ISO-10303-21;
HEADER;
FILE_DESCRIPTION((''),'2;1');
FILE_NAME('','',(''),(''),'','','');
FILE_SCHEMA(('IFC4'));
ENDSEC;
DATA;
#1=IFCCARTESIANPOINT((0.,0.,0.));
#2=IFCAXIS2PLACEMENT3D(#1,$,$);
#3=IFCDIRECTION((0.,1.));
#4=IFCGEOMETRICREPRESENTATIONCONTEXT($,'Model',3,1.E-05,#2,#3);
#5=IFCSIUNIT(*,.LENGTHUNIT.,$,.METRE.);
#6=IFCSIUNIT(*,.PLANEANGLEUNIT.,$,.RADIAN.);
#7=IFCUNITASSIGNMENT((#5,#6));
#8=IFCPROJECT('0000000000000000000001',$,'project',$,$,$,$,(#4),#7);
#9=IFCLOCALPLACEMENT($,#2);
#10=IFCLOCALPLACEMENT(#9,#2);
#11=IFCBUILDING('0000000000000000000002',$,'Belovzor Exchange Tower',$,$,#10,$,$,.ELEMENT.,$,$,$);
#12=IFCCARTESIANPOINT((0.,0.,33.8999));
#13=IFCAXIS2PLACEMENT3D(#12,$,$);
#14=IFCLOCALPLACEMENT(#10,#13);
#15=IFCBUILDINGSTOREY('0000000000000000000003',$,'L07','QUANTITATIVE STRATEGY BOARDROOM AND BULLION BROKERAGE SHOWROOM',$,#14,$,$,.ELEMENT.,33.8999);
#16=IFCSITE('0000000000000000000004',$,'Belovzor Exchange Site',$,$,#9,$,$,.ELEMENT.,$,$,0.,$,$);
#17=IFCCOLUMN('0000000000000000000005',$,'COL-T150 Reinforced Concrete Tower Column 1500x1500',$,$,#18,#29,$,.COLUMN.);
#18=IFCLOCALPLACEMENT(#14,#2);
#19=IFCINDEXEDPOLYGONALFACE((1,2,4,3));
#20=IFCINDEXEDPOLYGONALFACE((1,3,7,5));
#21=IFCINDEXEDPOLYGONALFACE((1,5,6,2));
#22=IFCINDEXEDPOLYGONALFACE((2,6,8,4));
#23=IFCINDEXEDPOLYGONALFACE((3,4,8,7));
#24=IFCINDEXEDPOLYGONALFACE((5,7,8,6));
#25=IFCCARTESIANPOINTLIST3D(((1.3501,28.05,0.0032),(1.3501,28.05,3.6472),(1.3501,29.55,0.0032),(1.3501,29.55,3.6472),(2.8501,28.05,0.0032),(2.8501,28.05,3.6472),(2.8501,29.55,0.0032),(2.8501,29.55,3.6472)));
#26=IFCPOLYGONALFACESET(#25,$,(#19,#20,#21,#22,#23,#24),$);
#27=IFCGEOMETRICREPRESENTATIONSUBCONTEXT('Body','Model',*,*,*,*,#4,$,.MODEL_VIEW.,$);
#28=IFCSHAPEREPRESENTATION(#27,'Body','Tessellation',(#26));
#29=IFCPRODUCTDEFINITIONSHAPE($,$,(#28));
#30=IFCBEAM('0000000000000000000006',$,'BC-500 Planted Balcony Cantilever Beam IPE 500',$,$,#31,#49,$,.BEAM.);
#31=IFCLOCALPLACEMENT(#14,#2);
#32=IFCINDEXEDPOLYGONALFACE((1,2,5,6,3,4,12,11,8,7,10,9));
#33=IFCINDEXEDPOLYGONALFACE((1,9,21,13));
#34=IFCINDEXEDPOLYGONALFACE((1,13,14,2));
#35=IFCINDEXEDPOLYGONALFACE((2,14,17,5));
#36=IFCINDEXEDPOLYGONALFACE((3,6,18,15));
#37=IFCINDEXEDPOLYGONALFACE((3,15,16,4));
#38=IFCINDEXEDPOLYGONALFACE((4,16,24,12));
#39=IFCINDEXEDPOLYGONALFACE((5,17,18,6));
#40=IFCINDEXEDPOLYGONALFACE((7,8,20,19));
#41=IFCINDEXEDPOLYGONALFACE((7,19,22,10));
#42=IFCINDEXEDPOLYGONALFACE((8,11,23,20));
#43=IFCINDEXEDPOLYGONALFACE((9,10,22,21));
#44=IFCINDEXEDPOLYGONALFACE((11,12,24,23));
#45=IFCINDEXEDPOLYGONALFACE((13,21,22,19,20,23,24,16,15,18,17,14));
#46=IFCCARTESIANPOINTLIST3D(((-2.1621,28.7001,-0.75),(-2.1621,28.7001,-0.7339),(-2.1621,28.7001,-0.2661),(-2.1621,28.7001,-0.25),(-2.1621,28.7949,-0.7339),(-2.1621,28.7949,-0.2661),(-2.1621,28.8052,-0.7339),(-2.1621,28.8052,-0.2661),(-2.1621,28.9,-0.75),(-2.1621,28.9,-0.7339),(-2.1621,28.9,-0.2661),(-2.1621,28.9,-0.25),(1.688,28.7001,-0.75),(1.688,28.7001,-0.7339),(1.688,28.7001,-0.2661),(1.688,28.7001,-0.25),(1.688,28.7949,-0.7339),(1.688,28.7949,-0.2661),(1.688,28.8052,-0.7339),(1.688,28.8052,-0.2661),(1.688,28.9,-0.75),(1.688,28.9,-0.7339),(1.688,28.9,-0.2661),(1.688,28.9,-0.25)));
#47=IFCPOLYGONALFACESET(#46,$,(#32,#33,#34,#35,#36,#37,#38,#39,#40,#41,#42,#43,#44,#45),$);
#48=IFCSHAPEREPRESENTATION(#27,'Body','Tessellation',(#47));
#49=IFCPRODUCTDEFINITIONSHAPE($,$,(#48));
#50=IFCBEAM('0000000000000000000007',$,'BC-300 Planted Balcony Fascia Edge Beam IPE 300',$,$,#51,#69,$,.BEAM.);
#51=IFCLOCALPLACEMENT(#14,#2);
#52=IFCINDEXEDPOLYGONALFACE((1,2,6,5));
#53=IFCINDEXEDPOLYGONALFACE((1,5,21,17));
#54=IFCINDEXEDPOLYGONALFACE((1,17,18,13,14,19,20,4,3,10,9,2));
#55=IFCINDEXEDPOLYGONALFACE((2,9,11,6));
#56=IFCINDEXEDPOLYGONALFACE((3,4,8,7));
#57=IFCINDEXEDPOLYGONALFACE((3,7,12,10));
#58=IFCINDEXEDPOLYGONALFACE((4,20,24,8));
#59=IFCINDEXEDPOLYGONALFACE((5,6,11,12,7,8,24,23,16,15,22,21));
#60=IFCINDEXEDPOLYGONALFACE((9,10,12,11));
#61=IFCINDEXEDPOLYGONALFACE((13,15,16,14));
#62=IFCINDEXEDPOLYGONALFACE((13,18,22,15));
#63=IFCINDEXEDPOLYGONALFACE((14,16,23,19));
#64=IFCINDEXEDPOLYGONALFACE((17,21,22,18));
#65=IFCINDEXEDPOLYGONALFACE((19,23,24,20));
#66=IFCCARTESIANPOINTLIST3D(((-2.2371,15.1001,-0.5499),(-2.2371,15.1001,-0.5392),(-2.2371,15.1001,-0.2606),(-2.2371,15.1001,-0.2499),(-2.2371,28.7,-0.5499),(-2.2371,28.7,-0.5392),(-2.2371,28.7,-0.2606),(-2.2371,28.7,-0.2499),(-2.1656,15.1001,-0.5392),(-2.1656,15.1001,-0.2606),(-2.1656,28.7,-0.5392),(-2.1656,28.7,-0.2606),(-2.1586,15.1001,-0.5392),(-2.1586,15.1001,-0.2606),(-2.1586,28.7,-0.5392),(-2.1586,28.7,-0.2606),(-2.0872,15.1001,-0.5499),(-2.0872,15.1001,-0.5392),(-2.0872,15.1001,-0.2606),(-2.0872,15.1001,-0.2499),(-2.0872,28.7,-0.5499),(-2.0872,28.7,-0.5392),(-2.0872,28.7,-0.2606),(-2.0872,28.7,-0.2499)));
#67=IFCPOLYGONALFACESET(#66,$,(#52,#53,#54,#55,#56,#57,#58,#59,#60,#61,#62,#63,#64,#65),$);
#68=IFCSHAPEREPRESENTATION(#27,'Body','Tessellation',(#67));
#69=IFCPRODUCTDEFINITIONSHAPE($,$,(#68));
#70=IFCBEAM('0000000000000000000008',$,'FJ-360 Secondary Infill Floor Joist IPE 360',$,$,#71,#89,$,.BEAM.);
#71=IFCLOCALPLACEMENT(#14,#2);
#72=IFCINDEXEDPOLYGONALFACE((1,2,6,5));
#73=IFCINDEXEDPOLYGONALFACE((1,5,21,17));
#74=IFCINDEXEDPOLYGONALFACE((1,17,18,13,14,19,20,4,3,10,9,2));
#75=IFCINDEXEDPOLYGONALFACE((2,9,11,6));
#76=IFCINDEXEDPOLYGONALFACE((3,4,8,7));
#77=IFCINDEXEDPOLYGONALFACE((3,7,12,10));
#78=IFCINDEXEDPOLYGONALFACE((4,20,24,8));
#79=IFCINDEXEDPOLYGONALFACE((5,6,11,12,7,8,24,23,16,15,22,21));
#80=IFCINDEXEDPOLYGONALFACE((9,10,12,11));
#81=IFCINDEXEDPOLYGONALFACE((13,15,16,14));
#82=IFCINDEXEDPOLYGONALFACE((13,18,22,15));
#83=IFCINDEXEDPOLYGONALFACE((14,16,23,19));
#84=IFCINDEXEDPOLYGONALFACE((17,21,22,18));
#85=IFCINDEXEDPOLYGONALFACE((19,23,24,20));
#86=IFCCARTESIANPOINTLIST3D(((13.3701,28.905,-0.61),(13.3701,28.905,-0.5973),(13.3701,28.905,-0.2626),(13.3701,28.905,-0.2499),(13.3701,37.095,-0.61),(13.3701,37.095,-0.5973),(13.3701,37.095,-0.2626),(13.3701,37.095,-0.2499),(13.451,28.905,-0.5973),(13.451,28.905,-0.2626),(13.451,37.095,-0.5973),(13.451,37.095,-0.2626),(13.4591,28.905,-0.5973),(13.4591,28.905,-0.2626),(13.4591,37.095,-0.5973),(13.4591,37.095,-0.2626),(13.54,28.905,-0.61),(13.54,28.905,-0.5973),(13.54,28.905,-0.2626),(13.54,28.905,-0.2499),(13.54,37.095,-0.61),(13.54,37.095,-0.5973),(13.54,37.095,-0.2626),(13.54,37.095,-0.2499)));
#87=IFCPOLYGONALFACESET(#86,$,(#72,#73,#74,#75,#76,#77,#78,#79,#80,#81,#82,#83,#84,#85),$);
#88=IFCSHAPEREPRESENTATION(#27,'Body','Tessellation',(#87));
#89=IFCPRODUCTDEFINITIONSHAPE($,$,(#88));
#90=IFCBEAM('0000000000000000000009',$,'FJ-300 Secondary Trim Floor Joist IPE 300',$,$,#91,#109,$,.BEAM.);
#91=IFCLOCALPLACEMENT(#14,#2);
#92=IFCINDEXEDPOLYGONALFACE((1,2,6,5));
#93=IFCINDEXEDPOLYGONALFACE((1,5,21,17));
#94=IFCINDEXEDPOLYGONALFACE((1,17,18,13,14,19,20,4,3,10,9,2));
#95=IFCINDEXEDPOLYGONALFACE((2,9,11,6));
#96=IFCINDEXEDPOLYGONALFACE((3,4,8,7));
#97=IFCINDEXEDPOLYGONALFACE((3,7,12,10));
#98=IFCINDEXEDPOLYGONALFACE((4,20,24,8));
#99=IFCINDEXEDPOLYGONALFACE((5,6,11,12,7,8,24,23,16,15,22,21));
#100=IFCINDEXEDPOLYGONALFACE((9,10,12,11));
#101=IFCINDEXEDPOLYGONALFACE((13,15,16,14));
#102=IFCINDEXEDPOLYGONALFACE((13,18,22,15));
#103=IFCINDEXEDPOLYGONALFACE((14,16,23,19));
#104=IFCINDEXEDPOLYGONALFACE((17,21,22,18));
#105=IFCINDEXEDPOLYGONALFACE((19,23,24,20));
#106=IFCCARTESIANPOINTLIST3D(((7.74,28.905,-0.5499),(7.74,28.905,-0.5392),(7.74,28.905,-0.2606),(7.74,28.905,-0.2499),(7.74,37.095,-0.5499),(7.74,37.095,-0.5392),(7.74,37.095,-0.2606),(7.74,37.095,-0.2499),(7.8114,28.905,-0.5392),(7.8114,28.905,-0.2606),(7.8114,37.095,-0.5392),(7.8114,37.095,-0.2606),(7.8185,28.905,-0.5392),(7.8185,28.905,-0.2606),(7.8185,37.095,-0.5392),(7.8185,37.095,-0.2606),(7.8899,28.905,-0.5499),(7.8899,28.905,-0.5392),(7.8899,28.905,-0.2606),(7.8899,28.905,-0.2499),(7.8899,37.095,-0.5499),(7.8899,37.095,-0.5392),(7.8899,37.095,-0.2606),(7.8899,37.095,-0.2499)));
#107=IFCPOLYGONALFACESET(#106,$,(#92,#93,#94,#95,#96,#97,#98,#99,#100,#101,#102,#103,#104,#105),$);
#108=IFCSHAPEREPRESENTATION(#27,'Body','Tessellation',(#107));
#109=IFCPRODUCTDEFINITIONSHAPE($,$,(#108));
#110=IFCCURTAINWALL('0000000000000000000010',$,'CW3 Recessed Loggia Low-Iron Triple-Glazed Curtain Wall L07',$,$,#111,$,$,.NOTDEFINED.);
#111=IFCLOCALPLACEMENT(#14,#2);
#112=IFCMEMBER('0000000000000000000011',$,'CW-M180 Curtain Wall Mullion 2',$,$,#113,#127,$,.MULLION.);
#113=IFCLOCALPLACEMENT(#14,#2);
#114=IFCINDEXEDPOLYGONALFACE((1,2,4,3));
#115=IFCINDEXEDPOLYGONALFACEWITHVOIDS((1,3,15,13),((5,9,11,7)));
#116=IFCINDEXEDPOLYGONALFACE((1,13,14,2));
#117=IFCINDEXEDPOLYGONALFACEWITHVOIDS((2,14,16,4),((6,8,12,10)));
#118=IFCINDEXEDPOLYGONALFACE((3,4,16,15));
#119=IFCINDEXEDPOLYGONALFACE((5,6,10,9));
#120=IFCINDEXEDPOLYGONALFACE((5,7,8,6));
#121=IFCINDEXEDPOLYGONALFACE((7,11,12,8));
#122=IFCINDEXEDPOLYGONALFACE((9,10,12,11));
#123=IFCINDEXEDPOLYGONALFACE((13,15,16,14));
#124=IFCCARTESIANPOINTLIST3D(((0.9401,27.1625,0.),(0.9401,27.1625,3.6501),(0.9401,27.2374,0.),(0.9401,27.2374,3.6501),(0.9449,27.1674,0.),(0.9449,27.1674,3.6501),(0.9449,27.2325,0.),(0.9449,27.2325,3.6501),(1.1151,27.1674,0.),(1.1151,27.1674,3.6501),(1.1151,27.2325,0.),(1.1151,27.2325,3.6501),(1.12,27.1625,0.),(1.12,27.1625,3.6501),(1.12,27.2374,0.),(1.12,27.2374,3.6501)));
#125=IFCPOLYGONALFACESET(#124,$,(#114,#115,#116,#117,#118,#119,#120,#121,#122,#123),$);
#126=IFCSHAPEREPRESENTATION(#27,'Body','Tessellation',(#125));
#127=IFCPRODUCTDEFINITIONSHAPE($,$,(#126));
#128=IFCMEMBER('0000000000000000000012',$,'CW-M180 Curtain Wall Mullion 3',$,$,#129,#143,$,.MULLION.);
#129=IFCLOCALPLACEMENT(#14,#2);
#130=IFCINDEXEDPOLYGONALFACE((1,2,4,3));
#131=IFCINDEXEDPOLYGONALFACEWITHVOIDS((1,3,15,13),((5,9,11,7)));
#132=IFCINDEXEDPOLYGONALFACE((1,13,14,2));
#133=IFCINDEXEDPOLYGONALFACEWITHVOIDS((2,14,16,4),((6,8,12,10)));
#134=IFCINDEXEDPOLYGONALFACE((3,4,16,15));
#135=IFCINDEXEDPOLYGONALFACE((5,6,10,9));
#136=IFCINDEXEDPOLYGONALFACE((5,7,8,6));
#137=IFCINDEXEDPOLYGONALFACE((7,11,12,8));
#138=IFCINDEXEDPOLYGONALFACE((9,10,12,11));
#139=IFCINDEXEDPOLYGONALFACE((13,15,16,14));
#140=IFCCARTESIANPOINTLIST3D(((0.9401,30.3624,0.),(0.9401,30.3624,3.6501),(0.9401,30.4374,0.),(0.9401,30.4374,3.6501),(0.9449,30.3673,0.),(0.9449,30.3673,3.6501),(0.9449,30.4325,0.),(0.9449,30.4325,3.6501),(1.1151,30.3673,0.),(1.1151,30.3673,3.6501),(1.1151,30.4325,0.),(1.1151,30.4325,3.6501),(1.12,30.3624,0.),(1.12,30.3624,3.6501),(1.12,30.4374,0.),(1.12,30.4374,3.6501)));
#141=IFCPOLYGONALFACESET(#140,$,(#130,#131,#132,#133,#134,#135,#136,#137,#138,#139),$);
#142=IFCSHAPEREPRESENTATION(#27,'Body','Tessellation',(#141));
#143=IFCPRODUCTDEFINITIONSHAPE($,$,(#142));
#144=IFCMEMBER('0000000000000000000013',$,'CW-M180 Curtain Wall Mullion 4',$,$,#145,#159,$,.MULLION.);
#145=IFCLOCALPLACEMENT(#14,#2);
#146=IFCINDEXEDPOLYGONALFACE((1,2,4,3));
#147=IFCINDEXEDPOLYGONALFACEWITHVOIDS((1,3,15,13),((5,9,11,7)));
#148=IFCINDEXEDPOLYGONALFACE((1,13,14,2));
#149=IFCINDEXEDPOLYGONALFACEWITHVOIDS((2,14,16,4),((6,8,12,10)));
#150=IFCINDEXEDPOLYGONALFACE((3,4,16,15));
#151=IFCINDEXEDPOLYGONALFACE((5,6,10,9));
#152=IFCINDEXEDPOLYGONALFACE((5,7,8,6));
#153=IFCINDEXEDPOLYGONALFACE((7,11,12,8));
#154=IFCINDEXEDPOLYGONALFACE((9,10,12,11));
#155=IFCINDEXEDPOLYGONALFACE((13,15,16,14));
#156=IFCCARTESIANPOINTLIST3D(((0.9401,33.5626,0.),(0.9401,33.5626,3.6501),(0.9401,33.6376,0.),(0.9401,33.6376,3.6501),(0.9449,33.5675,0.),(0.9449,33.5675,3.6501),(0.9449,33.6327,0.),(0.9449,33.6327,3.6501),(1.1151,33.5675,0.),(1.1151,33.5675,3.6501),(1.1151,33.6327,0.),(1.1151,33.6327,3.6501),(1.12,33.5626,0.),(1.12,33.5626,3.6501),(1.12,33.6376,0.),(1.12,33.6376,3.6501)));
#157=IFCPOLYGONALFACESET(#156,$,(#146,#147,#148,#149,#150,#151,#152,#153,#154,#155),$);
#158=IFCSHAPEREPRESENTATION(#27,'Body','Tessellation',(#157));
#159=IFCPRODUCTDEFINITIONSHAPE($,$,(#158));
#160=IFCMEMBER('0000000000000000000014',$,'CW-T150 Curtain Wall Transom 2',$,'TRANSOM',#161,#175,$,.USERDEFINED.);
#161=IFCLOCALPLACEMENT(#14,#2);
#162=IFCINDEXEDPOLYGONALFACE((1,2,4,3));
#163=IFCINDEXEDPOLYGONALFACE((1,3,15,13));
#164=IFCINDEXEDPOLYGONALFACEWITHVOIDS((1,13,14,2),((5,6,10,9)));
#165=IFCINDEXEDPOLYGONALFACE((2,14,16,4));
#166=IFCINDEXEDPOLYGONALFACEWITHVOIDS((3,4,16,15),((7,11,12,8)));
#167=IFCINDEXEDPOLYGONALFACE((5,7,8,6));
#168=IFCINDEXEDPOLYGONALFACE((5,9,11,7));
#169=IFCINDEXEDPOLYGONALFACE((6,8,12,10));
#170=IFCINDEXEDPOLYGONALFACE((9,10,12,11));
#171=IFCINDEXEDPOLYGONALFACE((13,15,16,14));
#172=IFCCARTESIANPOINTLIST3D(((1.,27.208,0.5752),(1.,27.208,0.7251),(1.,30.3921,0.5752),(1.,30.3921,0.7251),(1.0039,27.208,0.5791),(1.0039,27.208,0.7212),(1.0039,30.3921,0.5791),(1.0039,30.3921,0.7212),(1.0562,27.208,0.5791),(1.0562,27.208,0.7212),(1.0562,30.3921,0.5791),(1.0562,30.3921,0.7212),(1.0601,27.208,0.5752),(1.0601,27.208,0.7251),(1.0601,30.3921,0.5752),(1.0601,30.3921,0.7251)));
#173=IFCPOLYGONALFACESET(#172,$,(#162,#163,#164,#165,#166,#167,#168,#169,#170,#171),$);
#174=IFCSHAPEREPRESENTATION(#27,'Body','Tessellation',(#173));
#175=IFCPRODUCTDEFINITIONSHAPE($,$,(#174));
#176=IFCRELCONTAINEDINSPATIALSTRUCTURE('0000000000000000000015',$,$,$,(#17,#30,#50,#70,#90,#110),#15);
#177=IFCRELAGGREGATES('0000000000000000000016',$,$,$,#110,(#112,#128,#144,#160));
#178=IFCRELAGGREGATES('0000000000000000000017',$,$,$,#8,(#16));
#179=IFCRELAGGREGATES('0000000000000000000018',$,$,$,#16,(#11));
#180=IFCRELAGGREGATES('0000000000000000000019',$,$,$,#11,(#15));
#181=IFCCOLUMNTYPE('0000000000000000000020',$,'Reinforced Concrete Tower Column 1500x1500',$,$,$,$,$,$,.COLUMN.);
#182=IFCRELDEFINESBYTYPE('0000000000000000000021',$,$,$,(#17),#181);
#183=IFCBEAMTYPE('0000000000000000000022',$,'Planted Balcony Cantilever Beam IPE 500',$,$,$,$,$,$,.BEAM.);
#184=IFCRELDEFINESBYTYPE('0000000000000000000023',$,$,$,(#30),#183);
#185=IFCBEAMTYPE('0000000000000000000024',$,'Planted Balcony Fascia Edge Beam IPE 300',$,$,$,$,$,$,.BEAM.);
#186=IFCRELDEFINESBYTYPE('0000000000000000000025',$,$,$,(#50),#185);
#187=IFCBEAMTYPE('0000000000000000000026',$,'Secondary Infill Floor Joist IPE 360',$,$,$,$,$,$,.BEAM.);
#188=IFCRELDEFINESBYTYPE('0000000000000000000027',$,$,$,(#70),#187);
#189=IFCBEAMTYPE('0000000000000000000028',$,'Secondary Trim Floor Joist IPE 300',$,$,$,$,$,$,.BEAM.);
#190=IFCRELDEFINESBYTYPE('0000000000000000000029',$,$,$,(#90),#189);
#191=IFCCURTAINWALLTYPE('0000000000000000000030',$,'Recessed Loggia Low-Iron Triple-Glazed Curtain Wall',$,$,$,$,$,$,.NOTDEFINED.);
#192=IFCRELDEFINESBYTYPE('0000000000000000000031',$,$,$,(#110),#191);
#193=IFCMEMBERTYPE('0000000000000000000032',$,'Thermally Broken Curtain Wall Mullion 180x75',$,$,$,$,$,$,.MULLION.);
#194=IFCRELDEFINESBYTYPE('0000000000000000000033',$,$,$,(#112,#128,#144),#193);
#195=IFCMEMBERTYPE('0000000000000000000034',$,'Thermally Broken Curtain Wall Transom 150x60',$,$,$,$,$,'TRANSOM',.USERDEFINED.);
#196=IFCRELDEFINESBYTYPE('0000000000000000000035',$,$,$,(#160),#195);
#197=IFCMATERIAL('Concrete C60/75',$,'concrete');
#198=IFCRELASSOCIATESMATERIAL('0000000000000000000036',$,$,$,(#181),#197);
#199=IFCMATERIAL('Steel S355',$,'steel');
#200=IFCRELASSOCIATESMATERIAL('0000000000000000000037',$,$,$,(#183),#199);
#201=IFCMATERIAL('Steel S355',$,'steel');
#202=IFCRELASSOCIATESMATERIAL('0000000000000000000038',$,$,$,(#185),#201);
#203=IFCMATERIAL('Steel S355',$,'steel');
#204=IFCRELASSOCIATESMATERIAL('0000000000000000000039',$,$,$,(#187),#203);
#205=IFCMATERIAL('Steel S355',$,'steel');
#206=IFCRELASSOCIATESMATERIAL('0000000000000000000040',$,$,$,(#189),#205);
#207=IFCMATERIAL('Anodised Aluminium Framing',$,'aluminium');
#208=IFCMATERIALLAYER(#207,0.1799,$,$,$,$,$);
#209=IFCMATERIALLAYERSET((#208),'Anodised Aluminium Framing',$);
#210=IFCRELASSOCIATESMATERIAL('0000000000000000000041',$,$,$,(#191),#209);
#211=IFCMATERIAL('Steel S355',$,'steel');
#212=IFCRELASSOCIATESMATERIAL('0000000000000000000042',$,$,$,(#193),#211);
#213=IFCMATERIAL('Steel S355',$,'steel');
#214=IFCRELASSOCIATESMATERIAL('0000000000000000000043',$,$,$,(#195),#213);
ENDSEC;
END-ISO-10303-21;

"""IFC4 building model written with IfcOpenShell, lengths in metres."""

from ifc_helpers import new_model, si_unit, direction, frame, origin, origin_2d, place, context, subcontext, project, spatial, rectangle, hollow_rectangle, i_section, extrude, material, layer, layer_set, material_profile, profile_set, type_object, element, aggregate, save


model = new_model("IFC4")

# Units and contexts
model_context = context("Model", 3, precision=1e-05, world=origin(), true_north=direction((0.0, 1.0)))
body_context = subcontext(model_context, "Body", "Model", "MODEL_VIEW")
ifc_project = project(units=[si_unit("LENGTHUNIT", "METRE"), si_unit("PLANEANGLEUNIT", "RADIAN")], contexts=[model_context])

# Site, building, storey
site_placement = place(None, origin())
site = spatial("IfcSite", under=ifc_project, at=site_placement, Name="Belovzor Exchange Site", CompositionType="ELEMENT", RefElevation=0.0)
building_placement = place(site_placement, origin())
building = spatial("IfcBuilding", under=site, at=building_placement, Name="Belovzor Exchange Tower", CompositionType="ELEMENT")
storey_placement = place(building_placement, frame((0.0, 0.0, 33.8999)))
storey = spatial("IfcBuildingStorey", under=building, at=storey_placement, Name="L07", Description="QUANTITATIVE STRATEGY BOARDROOM AND BULLION BROKERAGE SHOWROOM", CompositionType="ELEMENT", Elevation=33.8999)

# Column
ifc_material_1 = material(Name="Concrete C60/75", Category="concrete")
ifc_material_profile_1 = material_profile(ifc_material_1, rectangle(XDim=1.5, YDim=1.5, at=origin_2d()))
ifc_profile_set_1 = profile_set([ifc_material_profile_1], Name="Concrete C60/75")
column_type = type_object("IfcColumnType", Name="Reinforced Concrete Tower Column 1500x1500", PredefinedType="COLUMN", material=ifc_profile_set_1)
column_placement = place(storey_placement, frame((2.1001, 28.8, 0.0032), z_axis=(0.0, 0.0, 1.0), x_axis=(1.0, 0.0, 0.0)))
element("IfcColumn", 1, at=column_placement, inside=storey, type_object=column_type, Name="COL-T150 Reinforced Concrete Tower Column 1500x1500", PredefinedType="COLUMN", context=body_context, shape_type="SweptSolid", body=[
    extrude(rectangle(XDim=1.5, YDim=1.5, at=origin_2d()), origin(), (0.0, 0.0, 1.0), 3.644),
])

# Beams
ifc_material_2 = material(Name="Steel S355", Category="steel")
ifc_material_profile_2 = material_profile(ifc_material_2, i_section(OverallWidth=0.2, OverallDepth=0.5, WebThickness=0.0103, FlangeThickness=0.0161, at=origin_2d()))
ifc_profile_set_2 = profile_set([ifc_material_profile_2], Name="Steel S355")
beam_type_1 = type_object("IfcBeamType", Name="Planted Balcony Cantilever Beam IPE 500", PredefinedType="BEAM", material=ifc_profile_set_2)
beam_1_placement = place(storey_placement, frame((1.688, 28.8, -0.5), z_axis=(-1.0, 0.0, 0.0), x_axis=(0.0, -1.0, 0.0)))
element("IfcBeam", 2, at=beam_1_placement, inside=storey, type_object=beam_type_1, Name="BC-500 Planted Balcony Cantilever Beam IPE 500", PredefinedType="BEAM", context=body_context, shape_type="SweptSolid", body=[
    extrude(i_section(OverallWidth=0.2, OverallDepth=0.5, WebThickness=0.0103, FlangeThickness=0.0161, at=origin_2d()), origin(), (0.0, 0.0, 1.0), 3.8501),
])
ifc_material_3 = material(Name="Steel S355", Category="steel")
ifc_material_profile_3 = material_profile(ifc_material_3, i_section(OverallWidth=0.1499, OverallDepth=0.3, WebThickness=0.0071, FlangeThickness=0.0107, at=origin_2d()))
ifc_profile_set_3 = profile_set([ifc_material_profile_3], Name="Steel S355")
beam_type_2 = type_object("IfcBeamType", Name="Planted Balcony Fascia Edge Beam IPE 300", PredefinedType="BEAM", material=ifc_profile_set_3)
beam_2_placement = place(storey_placement, frame((-2.1621, 28.7, -0.3999), z_axis=(0.0, -1.0, 0.0), x_axis=(1.0, 0.0, 0.0)))
element("IfcBeam", 3, at=beam_2_placement, inside=storey, type_object=beam_type_2, Name="BC-300 Planted Balcony Fascia Edge Beam IPE 300", PredefinedType="BEAM", context=body_context, shape_type="SweptSolid", body=[
    extrude(i_section(OverallWidth=0.1499, OverallDepth=0.3, WebThickness=0.0071, FlangeThickness=0.0107, at=origin_2d()), origin(), (0.0, 0.0, 1.0), 13.5999),
])
ifc_material_4 = material(Name="Steel S355", Category="steel")
ifc_material_profile_4 = material_profile(ifc_material_4, i_section(OverallWidth=0.1699, OverallDepth=0.3601, WebThickness=0.0081, FlangeThickness=0.0127, at=origin_2d()))
ifc_profile_set_4 = profile_set([ifc_material_profile_4], Name="Steel S355")
beam_type_3 = type_object("IfcBeamType", Name="Secondary Infill Floor Joist IPE 360", PredefinedType="BEAM", material=ifc_profile_set_4)
beam_3_placement = place(storey_placement, frame((13.4551, 28.905, -0.4299), z_axis=(0.0, 1.0, 0.0), x_axis=(-1.0, 0.0, 0.0)))
element("IfcBeam", 4, at=beam_3_placement, inside=storey, type_object=beam_type_3, Name="FJ-360 Secondary Infill Floor Joist IPE 360", PredefinedType="BEAM", context=body_context, shape_type="SweptSolid", body=[
    extrude(i_section(OverallWidth=0.1699, OverallDepth=0.3601, WebThickness=0.0081, FlangeThickness=0.0127, at=origin_2d()), origin(), (0.0, 0.0, 1.0), 8.1899),
])
ifc_material_5 = material(Name="Steel S355", Category="steel")
ifc_material_profile_5 = material_profile(ifc_material_5, i_section(OverallWidth=0.1499, OverallDepth=0.3, WebThickness=0.0071, FlangeThickness=0.0107, at=origin_2d()))
ifc_profile_set_5 = profile_set([ifc_material_profile_5], Name="Steel S355")
beam_type_4 = type_object("IfcBeamType", Name="Secondary Trim Floor Joist IPE 300", PredefinedType="BEAM", material=ifc_profile_set_5)
beam_4_placement = place(storey_placement, frame((7.8149, 28.905, -0.3999), z_axis=(0.0, 1.0, 0.0), x_axis=(-1.0, 0.0, 0.0)))
element("IfcBeam", 5, at=beam_4_placement, inside=storey, type_object=beam_type_4, Name="FJ-300 Secondary Trim Floor Joist IPE 300", PredefinedType="BEAM", context=body_context, shape_type="SweptSolid", body=[
    extrude(i_section(OverallWidth=0.1499, OverallDepth=0.3, WebThickness=0.0071, FlangeThickness=0.0107, at=origin_2d()), origin(), (0.0, 0.0, 1.0), 8.1899),
])

# Curtain wall, members
ifc_material_6 = material(Name="Anodised Aluminium Framing", Category="aluminium")
ifc_layer_1 = layer(ifc_material_6, 0.1799)
ifc_layer_set_1 = layer_set([ifc_layer_1], Name="Anodised Aluminium Framing")
curtain_wall_type = type_object("IfcCurtainWallType", Name="Recessed Loggia Low-Iron Triple-Glazed Curtain Wall", PredefinedType="NOTDEFINED", material=ifc_layer_set_1)
curtain_wall_placement = place(storey_placement, origin())
curtain_wall = element("IfcCurtainWall", 6, at=curtain_wall_placement, inside=storey, type_object=curtain_wall_type, Name="CW3 Recessed Loggia Low-Iron Triple-Glazed Curtain Wall L07", PredefinedType="NOTDEFINED")
ifc_material_7 = material(Name="Steel S355", Category="steel")
ifc_material_profile_6 = material_profile(ifc_material_7, hollow_rectangle(XDim=0.075, YDim=0.1799, WallThickness=0.0049, at=origin_2d()))
ifc_profile_set_6 = profile_set([ifc_material_profile_6], Name="Steel S355")
member_type_1 = type_object("IfcMemberType", Name="Thermally Broken Curtain Wall Mullion 180x75", PredefinedType="MULLION", material=ifc_profile_set_6)
member_1_placement = place(storey_placement, frame((1.03, 27.2, 0.0), z_axis=(0.0, 0.0, 1.0), x_axis=(0.0, 1.0, 0.0)))
member_1 = element("IfcMember", 7, at=member_1_placement, type_object=member_type_1, Name="CW-M180 Curtain Wall Mullion 2", PredefinedType="MULLION", context=body_context, shape_type="SweptSolid", body=[
    extrude(hollow_rectangle(XDim=0.075, YDim=0.1799, WallThickness=0.0049, at=origin_2d()), origin(), (0.0, 0.0, 1.0), 3.6501),
])
member_2_placement = place(storey_placement, frame((1.03, 30.3999, 0.0), z_axis=(0.0, 0.0, 1.0), x_axis=(0.0, 1.0, 0.0)))
member_2 = element("IfcMember", 8, at=member_2_placement, type_object=member_type_1, Name="CW-M180 Curtain Wall Mullion 3", PredefinedType="MULLION", context=body_context, shape_type="SweptSolid", body=[
    extrude(hollow_rectangle(XDim=0.075, YDim=0.1799, WallThickness=0.0049, at=origin_2d()), origin(), (0.0, 0.0, 1.0), 3.6501),
])
member_3_placement = place(storey_placement, frame((1.03, 33.6001, 0.0), z_axis=(0.0, 0.0, 1.0), x_axis=(0.0, 1.0, 0.0)))
member_3 = element("IfcMember", 9, at=member_3_placement, type_object=member_type_1, Name="CW-M180 Curtain Wall Mullion 4", PredefinedType="MULLION", context=body_context, shape_type="SweptSolid", body=[
    extrude(hollow_rectangle(XDim=0.075, YDim=0.1799, WallThickness=0.0049, at=origin_2d()), origin(), (0.0, 0.0, 1.0), 3.6501),
])
ifc_material_8 = material(Name="Steel S355", Category="steel")
ifc_material_profile_7 = material_profile(ifc_material_8, hollow_rectangle(XDim=0.0601, YDim=0.1499, WallThickness=0.0039, at=origin_2d()))
ifc_profile_set_7 = profile_set([ifc_material_profile_7], Name="Steel S355")
member_type_2 = type_object("IfcMemberType", Name="Thermally Broken Curtain Wall Transom 150x60", ElementType="TRANSOM", PredefinedType="USERDEFINED", material=ifc_profile_set_7)
member_4_placement = place(storey_placement, frame((1.03, 27.208, 0.6501), z_axis=(0.0, 1.0, 0.0), x_axis=(-1.0, 0.0, 0.0)))
member_4 = element("IfcMember", 10, at=member_4_placement, type_object=member_type_2, Name="CW-T150 Curtain Wall Transom 2", ObjectType="TRANSOM", PredefinedType="USERDEFINED", context=body_context, shape_type="SweptSolid", body=[
    extrude(hollow_rectangle(XDim=0.0601, YDim=0.1499, WallThickness=0.0039, at=origin_2d()), origin(), (0.0, 0.0, 1.0), 3.1841),
])

aggregate(curtain_wall, [member_1, member_2, member_3, member_4])

save(model, "model.ifc")
